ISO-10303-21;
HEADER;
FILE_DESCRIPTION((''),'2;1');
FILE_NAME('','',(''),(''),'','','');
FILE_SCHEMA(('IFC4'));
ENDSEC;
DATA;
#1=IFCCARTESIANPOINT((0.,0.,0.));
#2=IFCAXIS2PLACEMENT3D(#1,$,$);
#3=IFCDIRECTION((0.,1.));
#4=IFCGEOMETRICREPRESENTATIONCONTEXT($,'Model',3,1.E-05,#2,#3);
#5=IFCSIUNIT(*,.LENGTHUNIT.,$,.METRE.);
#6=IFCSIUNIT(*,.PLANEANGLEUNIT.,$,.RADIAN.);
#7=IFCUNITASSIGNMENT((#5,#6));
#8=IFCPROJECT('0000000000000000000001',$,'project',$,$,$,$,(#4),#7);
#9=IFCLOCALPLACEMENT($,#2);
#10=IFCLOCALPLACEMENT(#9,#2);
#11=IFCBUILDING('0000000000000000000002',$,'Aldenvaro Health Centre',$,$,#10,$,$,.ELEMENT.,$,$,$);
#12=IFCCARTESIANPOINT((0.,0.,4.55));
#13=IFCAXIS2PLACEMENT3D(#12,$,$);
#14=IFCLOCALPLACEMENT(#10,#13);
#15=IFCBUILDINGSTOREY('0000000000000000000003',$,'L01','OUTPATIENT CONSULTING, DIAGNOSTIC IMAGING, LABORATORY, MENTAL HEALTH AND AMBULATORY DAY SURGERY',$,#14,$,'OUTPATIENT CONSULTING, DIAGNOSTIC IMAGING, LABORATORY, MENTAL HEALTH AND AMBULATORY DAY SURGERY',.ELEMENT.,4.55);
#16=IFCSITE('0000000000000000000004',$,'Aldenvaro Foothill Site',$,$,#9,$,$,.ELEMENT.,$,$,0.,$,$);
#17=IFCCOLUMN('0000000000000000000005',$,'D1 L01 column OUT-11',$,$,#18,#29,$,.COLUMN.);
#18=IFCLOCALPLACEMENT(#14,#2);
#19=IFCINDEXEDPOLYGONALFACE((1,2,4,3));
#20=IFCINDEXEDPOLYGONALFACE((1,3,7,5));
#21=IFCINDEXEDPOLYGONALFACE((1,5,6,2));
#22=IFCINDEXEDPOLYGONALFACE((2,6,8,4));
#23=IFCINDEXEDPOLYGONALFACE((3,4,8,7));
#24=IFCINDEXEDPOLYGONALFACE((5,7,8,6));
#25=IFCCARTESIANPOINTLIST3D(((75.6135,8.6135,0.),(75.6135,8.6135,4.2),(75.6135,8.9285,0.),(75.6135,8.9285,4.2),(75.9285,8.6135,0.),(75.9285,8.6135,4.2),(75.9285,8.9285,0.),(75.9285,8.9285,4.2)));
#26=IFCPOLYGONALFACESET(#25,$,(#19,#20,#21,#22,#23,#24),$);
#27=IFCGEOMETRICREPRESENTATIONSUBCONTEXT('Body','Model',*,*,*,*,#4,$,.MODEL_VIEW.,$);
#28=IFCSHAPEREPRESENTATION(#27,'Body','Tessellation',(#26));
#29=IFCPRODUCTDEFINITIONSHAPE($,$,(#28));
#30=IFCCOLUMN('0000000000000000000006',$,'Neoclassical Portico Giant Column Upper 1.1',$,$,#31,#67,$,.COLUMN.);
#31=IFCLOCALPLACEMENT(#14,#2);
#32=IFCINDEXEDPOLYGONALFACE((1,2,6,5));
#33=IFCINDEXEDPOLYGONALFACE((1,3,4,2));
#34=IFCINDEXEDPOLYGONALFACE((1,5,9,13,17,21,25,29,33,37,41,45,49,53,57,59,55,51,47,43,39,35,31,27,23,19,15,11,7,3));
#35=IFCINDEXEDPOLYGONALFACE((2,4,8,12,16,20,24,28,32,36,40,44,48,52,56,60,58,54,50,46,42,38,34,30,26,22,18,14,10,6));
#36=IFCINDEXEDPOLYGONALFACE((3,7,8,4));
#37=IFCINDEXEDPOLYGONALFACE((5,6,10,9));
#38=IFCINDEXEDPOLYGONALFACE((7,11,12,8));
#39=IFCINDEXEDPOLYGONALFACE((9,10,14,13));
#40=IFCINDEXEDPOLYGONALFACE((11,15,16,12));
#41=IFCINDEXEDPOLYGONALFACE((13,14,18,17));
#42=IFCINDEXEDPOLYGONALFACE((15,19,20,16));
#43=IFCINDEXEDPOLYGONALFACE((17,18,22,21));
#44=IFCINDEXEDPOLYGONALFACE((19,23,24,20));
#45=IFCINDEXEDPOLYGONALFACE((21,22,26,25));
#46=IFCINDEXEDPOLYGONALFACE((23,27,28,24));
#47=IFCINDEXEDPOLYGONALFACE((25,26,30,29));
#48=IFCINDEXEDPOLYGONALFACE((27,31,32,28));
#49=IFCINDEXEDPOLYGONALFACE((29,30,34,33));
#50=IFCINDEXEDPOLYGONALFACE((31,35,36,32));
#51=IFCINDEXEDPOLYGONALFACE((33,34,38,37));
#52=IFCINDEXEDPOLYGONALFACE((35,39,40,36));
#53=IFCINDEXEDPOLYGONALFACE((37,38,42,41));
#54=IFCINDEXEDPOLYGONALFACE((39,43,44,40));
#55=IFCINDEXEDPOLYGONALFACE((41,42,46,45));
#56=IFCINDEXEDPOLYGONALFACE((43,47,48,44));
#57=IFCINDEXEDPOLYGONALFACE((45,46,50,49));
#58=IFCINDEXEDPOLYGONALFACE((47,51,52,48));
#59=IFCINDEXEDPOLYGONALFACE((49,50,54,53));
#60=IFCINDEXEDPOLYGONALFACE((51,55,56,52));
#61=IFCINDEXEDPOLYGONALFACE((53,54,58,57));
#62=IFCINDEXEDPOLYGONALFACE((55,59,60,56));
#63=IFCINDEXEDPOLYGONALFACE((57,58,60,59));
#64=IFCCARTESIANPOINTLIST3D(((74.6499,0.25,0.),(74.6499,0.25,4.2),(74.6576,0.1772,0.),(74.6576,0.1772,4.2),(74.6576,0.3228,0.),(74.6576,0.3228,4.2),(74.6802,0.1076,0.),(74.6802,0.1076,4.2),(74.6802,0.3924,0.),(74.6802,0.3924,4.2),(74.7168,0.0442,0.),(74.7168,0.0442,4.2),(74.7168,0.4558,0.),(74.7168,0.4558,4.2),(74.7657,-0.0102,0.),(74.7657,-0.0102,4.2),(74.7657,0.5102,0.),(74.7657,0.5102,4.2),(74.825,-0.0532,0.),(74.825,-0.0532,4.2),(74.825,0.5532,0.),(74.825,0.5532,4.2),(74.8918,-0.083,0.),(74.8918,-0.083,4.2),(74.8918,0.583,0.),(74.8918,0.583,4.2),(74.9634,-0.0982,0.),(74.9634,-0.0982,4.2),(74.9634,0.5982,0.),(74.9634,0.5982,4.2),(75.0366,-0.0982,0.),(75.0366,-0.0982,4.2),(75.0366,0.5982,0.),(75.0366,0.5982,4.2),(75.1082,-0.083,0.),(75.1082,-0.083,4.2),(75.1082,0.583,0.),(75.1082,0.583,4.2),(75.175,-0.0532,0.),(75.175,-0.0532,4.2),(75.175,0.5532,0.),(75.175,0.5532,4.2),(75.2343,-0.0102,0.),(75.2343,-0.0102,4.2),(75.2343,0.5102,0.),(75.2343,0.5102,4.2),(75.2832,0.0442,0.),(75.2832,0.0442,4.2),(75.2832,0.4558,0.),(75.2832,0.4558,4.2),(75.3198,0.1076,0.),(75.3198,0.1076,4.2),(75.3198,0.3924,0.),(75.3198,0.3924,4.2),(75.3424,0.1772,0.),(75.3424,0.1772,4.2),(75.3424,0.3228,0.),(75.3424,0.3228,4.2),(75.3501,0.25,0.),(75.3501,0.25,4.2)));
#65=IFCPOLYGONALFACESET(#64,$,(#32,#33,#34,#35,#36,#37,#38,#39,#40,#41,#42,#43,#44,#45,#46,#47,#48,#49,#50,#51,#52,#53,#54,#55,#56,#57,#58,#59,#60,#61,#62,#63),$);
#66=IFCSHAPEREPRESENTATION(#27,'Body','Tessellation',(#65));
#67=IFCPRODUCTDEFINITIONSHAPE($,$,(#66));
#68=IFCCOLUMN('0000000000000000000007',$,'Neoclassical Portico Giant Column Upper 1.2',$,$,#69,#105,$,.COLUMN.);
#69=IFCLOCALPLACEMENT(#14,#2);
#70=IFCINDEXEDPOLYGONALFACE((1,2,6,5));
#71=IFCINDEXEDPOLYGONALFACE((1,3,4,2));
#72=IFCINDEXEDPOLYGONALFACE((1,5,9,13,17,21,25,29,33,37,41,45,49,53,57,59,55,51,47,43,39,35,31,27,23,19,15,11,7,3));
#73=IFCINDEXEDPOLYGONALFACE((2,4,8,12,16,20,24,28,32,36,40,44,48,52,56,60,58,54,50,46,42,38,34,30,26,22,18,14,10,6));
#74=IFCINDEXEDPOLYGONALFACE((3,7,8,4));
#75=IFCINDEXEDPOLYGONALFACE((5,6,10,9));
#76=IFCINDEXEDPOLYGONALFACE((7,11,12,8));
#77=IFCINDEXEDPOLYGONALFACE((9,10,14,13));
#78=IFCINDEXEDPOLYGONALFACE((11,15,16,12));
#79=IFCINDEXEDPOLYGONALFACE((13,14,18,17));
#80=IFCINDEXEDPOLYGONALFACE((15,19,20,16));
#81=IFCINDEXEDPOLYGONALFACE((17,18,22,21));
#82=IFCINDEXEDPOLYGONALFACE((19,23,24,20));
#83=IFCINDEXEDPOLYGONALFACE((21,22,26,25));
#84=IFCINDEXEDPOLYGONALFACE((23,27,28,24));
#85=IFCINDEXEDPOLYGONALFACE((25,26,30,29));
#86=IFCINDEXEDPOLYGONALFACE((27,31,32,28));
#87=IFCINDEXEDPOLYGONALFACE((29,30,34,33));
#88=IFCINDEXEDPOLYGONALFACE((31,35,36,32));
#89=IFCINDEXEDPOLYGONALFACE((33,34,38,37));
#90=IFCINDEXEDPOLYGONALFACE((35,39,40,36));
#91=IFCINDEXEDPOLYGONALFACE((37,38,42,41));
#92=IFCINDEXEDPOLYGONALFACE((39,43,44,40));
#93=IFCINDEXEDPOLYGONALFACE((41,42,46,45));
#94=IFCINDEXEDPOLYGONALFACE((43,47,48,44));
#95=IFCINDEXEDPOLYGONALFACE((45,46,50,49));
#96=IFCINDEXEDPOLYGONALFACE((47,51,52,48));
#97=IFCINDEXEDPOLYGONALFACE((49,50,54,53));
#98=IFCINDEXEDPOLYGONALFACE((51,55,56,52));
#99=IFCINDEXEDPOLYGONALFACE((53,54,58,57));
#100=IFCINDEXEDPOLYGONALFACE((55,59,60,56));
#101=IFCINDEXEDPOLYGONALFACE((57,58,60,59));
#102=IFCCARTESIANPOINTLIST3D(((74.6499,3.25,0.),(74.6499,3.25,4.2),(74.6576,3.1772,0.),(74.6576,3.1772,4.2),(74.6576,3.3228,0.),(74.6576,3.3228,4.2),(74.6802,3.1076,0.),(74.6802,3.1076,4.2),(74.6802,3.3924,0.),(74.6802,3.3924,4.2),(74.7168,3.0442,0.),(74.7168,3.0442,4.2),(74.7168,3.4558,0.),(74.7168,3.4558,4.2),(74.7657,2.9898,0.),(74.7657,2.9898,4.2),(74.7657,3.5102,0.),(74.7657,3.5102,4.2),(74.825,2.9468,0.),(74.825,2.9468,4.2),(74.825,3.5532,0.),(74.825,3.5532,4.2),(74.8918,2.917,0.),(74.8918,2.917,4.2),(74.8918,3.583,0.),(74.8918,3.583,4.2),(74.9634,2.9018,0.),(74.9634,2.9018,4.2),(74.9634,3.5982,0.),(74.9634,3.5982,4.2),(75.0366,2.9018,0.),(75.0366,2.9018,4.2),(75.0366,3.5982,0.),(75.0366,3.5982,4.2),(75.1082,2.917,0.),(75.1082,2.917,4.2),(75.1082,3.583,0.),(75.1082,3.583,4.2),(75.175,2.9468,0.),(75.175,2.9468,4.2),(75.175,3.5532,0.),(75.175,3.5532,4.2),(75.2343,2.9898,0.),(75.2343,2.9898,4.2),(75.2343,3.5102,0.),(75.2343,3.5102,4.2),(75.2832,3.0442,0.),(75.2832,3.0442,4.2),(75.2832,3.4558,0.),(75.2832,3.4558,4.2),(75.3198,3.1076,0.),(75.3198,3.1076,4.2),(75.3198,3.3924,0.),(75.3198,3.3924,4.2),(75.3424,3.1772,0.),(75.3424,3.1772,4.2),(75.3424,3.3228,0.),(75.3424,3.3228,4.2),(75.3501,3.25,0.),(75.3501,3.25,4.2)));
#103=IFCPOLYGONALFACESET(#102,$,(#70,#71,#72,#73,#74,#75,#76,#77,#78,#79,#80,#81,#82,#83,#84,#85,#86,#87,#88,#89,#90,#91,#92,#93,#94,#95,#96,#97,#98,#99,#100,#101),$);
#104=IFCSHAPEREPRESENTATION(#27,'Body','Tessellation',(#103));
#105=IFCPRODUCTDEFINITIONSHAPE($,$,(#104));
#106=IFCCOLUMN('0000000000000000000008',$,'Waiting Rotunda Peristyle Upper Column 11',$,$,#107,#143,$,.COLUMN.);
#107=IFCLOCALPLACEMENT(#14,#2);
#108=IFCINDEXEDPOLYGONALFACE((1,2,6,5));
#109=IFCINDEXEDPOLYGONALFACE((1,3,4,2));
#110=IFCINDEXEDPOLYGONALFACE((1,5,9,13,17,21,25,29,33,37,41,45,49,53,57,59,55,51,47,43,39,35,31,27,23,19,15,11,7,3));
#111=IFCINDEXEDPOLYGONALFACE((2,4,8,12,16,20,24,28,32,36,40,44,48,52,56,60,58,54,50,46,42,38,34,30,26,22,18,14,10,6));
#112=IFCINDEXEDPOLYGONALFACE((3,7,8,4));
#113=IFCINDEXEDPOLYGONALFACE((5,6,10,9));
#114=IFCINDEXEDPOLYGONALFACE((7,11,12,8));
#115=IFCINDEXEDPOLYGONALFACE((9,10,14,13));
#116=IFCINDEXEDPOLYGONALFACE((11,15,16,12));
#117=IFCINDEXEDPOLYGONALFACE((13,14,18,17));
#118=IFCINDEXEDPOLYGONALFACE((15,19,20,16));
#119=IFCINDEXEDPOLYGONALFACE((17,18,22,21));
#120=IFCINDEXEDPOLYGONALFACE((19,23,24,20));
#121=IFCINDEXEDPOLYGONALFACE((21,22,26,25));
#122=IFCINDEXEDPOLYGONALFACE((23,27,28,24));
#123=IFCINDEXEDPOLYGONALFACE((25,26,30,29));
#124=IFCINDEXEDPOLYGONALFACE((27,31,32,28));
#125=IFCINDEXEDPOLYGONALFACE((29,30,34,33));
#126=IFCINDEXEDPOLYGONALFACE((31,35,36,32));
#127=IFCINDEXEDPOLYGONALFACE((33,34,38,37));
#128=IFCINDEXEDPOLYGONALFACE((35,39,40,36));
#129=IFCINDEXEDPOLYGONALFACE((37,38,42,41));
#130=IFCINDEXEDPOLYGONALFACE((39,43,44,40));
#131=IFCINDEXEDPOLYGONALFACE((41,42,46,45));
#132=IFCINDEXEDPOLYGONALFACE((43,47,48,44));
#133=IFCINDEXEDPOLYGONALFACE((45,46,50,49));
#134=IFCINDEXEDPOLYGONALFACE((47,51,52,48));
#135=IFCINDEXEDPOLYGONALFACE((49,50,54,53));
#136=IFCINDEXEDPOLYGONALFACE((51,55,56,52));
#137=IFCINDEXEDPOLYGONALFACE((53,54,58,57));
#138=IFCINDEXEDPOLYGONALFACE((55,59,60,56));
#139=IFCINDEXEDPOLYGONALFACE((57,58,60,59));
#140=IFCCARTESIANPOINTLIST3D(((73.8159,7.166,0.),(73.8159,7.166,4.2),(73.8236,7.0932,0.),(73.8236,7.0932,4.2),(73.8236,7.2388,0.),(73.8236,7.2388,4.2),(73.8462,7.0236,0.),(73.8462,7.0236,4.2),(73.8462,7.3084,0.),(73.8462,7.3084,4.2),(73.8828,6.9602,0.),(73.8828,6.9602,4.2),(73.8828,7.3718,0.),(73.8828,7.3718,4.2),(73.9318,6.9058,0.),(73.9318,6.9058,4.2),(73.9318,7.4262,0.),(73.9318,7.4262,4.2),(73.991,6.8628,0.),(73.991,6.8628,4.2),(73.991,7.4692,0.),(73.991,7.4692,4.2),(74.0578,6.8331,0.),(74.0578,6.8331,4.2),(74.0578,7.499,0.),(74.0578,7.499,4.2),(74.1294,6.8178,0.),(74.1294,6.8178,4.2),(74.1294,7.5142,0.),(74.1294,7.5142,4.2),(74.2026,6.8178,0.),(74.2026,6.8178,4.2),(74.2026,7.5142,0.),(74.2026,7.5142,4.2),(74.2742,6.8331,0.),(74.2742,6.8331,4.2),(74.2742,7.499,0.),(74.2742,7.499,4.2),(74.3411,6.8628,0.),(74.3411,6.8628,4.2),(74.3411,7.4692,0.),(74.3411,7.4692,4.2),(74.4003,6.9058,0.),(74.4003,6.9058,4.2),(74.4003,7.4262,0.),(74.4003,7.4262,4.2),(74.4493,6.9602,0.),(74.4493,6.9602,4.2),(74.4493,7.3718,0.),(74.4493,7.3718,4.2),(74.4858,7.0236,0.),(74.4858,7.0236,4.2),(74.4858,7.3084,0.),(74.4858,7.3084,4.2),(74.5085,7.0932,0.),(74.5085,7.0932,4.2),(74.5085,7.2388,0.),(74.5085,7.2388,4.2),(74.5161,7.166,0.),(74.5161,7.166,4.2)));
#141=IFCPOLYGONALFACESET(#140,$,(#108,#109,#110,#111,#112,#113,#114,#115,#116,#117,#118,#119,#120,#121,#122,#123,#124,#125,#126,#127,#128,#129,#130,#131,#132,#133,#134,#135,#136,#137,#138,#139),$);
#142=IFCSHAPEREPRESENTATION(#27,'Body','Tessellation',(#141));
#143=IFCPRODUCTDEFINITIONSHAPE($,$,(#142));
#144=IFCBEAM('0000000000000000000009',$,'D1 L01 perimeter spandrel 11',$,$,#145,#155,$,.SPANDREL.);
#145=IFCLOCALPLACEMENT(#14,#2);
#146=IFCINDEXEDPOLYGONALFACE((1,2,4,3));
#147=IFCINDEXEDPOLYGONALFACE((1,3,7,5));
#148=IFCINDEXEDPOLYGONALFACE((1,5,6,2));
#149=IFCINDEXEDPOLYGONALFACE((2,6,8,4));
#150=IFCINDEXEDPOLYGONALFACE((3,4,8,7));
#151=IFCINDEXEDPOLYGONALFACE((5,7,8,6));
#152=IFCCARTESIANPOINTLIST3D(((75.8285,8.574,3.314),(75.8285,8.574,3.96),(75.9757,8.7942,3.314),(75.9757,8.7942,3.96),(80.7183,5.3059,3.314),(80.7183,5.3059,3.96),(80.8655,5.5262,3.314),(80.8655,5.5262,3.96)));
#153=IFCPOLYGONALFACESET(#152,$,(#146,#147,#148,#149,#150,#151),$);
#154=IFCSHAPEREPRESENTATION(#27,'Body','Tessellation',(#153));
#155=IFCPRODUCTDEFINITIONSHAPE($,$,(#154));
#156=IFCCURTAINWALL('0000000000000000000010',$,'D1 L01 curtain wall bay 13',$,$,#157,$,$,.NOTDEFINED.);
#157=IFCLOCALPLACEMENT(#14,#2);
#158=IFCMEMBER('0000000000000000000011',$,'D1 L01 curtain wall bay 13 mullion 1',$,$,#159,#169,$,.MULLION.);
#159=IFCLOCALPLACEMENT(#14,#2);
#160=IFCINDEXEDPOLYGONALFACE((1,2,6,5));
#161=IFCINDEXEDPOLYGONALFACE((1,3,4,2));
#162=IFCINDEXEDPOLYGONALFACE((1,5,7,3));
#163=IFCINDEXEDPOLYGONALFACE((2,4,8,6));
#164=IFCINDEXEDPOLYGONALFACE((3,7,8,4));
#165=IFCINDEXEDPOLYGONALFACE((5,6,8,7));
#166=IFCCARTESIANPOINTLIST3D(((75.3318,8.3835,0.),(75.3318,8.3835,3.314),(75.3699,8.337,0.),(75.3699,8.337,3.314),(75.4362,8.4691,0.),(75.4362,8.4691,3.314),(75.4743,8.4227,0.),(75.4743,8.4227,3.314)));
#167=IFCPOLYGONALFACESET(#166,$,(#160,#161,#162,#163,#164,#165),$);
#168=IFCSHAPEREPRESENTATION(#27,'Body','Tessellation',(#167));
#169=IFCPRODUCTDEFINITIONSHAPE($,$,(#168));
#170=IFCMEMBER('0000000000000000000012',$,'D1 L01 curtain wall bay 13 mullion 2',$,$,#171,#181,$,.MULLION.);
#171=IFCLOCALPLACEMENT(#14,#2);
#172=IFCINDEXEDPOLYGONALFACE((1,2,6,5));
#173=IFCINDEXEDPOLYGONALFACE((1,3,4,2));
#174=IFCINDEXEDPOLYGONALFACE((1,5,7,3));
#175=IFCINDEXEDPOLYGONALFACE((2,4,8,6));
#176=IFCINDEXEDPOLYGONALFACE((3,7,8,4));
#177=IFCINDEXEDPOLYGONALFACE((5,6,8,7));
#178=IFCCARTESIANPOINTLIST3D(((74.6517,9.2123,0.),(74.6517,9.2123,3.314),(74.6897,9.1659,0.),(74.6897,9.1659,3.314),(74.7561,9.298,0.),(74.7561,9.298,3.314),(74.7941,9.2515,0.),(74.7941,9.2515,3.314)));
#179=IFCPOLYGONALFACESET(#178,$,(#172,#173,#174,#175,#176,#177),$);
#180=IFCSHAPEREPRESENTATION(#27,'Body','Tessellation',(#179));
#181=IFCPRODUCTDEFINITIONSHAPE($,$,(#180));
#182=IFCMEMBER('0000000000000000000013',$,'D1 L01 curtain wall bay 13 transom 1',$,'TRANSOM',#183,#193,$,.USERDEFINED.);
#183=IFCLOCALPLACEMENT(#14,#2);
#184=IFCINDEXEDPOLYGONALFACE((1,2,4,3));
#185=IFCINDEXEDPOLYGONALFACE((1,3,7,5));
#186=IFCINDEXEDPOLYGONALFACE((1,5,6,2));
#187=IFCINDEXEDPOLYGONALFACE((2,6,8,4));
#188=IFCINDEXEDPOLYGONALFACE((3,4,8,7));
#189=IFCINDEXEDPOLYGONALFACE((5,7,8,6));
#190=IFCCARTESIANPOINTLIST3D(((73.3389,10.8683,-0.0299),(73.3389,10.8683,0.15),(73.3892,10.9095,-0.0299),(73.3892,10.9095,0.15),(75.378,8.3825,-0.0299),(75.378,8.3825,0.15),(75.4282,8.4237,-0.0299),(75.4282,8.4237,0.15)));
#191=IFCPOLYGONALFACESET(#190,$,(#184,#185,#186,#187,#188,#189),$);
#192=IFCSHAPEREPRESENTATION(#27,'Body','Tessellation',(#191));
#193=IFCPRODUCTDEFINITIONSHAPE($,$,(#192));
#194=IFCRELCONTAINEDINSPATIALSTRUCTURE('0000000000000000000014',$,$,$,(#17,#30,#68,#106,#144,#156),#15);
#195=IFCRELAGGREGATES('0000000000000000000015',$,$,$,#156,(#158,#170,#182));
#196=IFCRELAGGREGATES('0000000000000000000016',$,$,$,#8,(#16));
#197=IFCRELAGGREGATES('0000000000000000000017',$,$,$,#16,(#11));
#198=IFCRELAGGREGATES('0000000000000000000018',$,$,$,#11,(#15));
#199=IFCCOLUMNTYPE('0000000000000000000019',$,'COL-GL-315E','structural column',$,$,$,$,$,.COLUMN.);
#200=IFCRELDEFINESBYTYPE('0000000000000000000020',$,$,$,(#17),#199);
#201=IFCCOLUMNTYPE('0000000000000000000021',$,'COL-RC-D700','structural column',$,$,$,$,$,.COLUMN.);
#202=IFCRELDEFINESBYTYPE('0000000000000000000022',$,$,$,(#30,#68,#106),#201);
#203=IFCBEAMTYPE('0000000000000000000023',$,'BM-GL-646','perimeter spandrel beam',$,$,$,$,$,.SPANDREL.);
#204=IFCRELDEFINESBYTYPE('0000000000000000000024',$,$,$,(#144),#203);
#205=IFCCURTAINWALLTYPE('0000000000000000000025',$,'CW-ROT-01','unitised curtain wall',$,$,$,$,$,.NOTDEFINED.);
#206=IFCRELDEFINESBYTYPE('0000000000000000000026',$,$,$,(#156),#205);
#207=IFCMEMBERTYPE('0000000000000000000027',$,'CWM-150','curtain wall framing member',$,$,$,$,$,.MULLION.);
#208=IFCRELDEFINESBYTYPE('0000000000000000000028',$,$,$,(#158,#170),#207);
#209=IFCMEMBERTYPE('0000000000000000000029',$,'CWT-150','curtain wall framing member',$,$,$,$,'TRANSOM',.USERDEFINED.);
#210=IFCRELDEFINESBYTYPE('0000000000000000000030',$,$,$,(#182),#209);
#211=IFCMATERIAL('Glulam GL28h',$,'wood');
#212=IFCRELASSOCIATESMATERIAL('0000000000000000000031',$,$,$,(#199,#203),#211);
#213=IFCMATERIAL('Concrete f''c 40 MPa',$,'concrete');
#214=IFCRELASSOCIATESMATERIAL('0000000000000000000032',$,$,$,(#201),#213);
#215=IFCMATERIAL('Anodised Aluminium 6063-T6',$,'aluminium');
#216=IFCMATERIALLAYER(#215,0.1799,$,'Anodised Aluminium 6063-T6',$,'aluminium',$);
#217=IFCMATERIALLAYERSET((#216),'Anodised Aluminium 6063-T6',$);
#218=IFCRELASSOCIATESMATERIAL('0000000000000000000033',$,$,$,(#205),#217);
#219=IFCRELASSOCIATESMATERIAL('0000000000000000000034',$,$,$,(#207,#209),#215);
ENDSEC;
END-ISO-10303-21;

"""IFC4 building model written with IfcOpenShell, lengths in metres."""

from ifc_helpers import new_model, si_unit, direction, frame, origin, origin_2d, place, context, subcontext, project, spatial, rectangle, circle, extrude, material, layer, layer_set, material_profile, profile_set, type_object, element, aggregate, save


model = new_model("IFC4")

# Units and contexts
model_context = context("Model", 3, precision=1e-05, world=origin(), true_north=direction((0.0, 1.0)))
body_context = subcontext(model_context, "Body", "Model", "MODEL_VIEW")
ifc_project = project(units=[si_unit("LENGTHUNIT", "METRE"), si_unit("PLANEANGLEUNIT", "RADIAN")], contexts=[model_context])

# Site, building, storey
site_placement = place(None, origin())
site = spatial("IfcSite", under=ifc_project, at=site_placement, Name="Aldenvaro Foothill Site", CompositionType="ELEMENT", RefElevation=0.0)
building_placement = place(site_placement, origin())
building = spatial("IfcBuilding", under=site, at=building_placement, Name="Aldenvaro Health Centre", CompositionType="ELEMENT")
storey_placement = place(building_placement, frame((0.0, 0.0, 4.55)))
storey = spatial("IfcBuildingStorey", under=building, at=storey_placement, Name="L01", Description="OUTPATIENT CONSULTING, DIAGNOSTIC IMAGING, LABORATORY, MENTAL HEALTH AND AMBULATORY DAY SURGERY", LongName="OUTPATIENT CONSULTING, DIAGNOSTIC IMAGING, LABORATORY, MENTAL HEALTH AND AMBULATORY DAY SURGERY", CompositionType="ELEMENT", Elevation=4.55)

# Columns
ifc_material_1 = material(Name="Glulam GL28h", Category="wood")
ifc_material_profile_1 = material_profile(ifc_material_1, rectangle(XDim=0.3149, YDim=0.3149, at=origin_2d()), Name="GL 315x315", Category="wood")
ifc_profile_set_1 = profile_set([ifc_material_profile_1], Name="Glulam GL28h")
column_type_1 = type_object("IfcColumnType", Name="COL-GL-315E", Description="structural column", PredefinedType="COLUMN", material=ifc_profile_set_1)
column_placement = place(storey_placement, frame((75.771, 8.771, 0.0), z_axis=(0.0, 0.0, 1.0), x_axis=(1.0, 0.0, 0.0)))
element("IfcColumn", 1, at=column_placement, inside=storey, type_object=column_type_1, Name="D1 L01 column OUT-11", PredefinedType="COLUMN", context=body_context, shape_type="SweptSolid", body=[
    extrude(rectangle(XDim=0.3149, YDim=0.3149, at=origin_2d()), origin(), (0.0, 0.0, 1.0), 4.2),
])
ifc_material_2 = material(Name="Concrete f'c 40 MPa", Category="concrete")
ifc_material_profile_2 = material_profile(ifc_material_2, circle(Radius=0.3501, at=origin_2d()), Name="RC D700", Category="concrete")
ifc_profile_set_2 = profile_set([ifc_material_profile_2], Name="Concrete f'c 40 MPa")
column_type_2 = type_object("IfcColumnType", Name="COL-RC-D700", Description="structural column", PredefinedType="COLUMN", material=ifc_profile_set_2)
for number, where, z_axis, x_axis, name in (
    (2, (75.0, 0.25, 0.0), (0.0, 0.0, 1.0), (1.0, 0.0, 0.0), "Neoclassical Portico Giant Column Upper 1.1"),
    (3, (75.0, 3.25, 0.0), (0.0, 0.0, 1.0), (1.0, 0.0, 0.0), "Neoclassical Portico Giant Column Upper 1.2"),
    (4, (74.166, 7.166, 0.0), (0.0, 0.0, 1.0), (1.0, 0.0, 0.0), "Waiting Rotunda Peristyle Upper Column 11"),
):
    element("IfcColumn", number, at=place(storey_placement, frame(where, z_axis=z_axis, x_axis=x_axis)), inside=storey, type_object=column_type_2, Name=name, PredefinedType="COLUMN", context=body_context, shape_type="SweptSolid", body=[
        extrude(circle(Radius=0.3501, at=origin_2d()), origin(), (0.0, 0.0, 1.0), 4.2),
    ])

# Beam
ifc_material_profile_3 = material_profile(ifc_material_1, rectangle(XDim=0.2649, YDim=0.646, at=origin_2d()), Name="GL 265x646", Category="wood")
ifc_profile_set_3 = profile_set([ifc_material_profile_3], Name="Glulam GL28h")
beam_type = type_object("IfcBeamType", Name="BM-GL-646", Description="perimeter spandrel beam", PredefinedType="SPANDREL", material=ifc_profile_set_3)
beam_placement = place(storey_placement, frame((75.9021, 8.6841, 3.637), z_axis=(0.831411, -0.555658, 0.0), x_axis=(0.555658, 0.831411, 0.0)))
element("IfcBeam", 5, at=beam_placement, inside=storey, type_object=beam_type, Name="D1 L01 perimeter spandrel 11", PredefinedType="SPANDREL", context=body_context, shape_type="SweptSolid", body=[
    extrude(rectangle(XDim=0.2649, YDim=0.646, at=origin_2d()), origin(), (0.0, 0.0, 1.0), 5.8813),
])

# Curtain wall, members
ifc_material_3 = material(Name="Anodised Aluminium 6063-T6", Category="aluminium")
ifc_layer_1 = layer(ifc_material_3, 0.1799, Name="Anodised Aluminium 6063-T6", Category="aluminium")
ifc_layer_set_1 = layer_set([ifc_layer_1], Name="Anodised Aluminium 6063-T6")
curtain_wall_type = type_object("IfcCurtainWallType", Name="CW-ROT-01", Description="unitised curtain wall", PredefinedType="NOTDEFINED", material=ifc_layer_set_1)
curtain_wall_placement = place(storey_placement, origin())
curtain_wall = element("IfcCurtainWall", 6, at=curtain_wall_placement, inside=storey, type_object=curtain_wall_type, Name="D1 L01 curtain wall bay 13", PredefinedType="NOTDEFINED")
ifc_material_profile_4 = material_profile(ifc_material_3, rectangle(XDim=0.0601, YDim=0.135, at=origin_2d()), Name="ALU 60x135", Category="aluminium")
ifc_profile_set_4 = profile_set([ifc_material_profile_4], Name="Anodised Aluminium 6063-T6")
member_type_1 = type_object("IfcMemberType", Name="CWM-150", Description="curtain wall framing member", PredefinedType="MULLION", material=ifc_profile_set_4)
member_1_placement = place(storey_placement, frame((75.4031, 8.4031, 0.0), z_axis=(0.0, 0.0, 1.0), x_axis=(-0.634169, 0.773195, 0.0)))
member_1 = element("IfcMember", 7, at=member_1_placement, type_object=member_type_1, Name="D1 L01 curtain wall bay 13 mullion 1", PredefinedType="MULLION", context=body_context, shape_type="SweptSolid", body=[
    extrude(rectangle(XDim=0.0601, YDim=0.135, at=origin_2d()), origin(), (0.0, 0.0, 1.0), 3.314),
])
member_2_placement = place(storey_placement, frame((74.7229, 9.2319, 0.0), z_axis=(0.0, 0.0, 1.0), x_axis=(-0.634169, 0.773195, 0.0)))
member_2 = element("IfcMember", 8, at=member_2_placement, type_object=member_type_1, Name="D1 L01 curtain wall bay 13 mullion 2", PredefinedType="MULLION", context=body_context, shape_type="SweptSolid", body=[
    extrude(rectangle(XDim=0.0601, YDim=0.135, at=origin_2d()), origin(), (0.0, 0.0, 1.0), 3.314),
])
ifc_material_profile_5 = material_profile(ifc_material_3, rectangle(XDim=0.0649, YDim=0.1799, at=origin_2d()), Name="ALU 65x180", Category="aluminium")
ifc_profile_set_5 = profile_set([ifc_material_profile_5], Name="Anodised Aluminium 6063-T6")
member_type_2 = type_object("IfcMemberType", Name="CWT-150", Description="curtain wall framing member", ElementType="TRANSOM", PredefinedType="USERDEFINED", material=ifc_profile_set_5)
member_3_placement = place(storey_placement, frame((75.4031, 8.4031, 0.0601), z_axis=(-0.634205, 0.773165, 0.0), x_axis=(-0.773165, -0.634205, 0.0)))
member_3 = element("IfcMember", 9, at=member_3_placement, type_object=member_type_2, Name="D1 L01 curtain wall bay 13 transom 1", ObjectType="TRANSOM", PredefinedType="USERDEFINED", context=body_context, shape_type="SweptSolid", body=[
    extrude(rectangle(XDim=0.0649, YDim=0.1799, at=origin_2d()), origin(), (0.0, 0.0, 1.0), 3.2151),
])

aggregate(curtain_wall, [member_1, member_2, member_3])

save(model, "model.ifc")
